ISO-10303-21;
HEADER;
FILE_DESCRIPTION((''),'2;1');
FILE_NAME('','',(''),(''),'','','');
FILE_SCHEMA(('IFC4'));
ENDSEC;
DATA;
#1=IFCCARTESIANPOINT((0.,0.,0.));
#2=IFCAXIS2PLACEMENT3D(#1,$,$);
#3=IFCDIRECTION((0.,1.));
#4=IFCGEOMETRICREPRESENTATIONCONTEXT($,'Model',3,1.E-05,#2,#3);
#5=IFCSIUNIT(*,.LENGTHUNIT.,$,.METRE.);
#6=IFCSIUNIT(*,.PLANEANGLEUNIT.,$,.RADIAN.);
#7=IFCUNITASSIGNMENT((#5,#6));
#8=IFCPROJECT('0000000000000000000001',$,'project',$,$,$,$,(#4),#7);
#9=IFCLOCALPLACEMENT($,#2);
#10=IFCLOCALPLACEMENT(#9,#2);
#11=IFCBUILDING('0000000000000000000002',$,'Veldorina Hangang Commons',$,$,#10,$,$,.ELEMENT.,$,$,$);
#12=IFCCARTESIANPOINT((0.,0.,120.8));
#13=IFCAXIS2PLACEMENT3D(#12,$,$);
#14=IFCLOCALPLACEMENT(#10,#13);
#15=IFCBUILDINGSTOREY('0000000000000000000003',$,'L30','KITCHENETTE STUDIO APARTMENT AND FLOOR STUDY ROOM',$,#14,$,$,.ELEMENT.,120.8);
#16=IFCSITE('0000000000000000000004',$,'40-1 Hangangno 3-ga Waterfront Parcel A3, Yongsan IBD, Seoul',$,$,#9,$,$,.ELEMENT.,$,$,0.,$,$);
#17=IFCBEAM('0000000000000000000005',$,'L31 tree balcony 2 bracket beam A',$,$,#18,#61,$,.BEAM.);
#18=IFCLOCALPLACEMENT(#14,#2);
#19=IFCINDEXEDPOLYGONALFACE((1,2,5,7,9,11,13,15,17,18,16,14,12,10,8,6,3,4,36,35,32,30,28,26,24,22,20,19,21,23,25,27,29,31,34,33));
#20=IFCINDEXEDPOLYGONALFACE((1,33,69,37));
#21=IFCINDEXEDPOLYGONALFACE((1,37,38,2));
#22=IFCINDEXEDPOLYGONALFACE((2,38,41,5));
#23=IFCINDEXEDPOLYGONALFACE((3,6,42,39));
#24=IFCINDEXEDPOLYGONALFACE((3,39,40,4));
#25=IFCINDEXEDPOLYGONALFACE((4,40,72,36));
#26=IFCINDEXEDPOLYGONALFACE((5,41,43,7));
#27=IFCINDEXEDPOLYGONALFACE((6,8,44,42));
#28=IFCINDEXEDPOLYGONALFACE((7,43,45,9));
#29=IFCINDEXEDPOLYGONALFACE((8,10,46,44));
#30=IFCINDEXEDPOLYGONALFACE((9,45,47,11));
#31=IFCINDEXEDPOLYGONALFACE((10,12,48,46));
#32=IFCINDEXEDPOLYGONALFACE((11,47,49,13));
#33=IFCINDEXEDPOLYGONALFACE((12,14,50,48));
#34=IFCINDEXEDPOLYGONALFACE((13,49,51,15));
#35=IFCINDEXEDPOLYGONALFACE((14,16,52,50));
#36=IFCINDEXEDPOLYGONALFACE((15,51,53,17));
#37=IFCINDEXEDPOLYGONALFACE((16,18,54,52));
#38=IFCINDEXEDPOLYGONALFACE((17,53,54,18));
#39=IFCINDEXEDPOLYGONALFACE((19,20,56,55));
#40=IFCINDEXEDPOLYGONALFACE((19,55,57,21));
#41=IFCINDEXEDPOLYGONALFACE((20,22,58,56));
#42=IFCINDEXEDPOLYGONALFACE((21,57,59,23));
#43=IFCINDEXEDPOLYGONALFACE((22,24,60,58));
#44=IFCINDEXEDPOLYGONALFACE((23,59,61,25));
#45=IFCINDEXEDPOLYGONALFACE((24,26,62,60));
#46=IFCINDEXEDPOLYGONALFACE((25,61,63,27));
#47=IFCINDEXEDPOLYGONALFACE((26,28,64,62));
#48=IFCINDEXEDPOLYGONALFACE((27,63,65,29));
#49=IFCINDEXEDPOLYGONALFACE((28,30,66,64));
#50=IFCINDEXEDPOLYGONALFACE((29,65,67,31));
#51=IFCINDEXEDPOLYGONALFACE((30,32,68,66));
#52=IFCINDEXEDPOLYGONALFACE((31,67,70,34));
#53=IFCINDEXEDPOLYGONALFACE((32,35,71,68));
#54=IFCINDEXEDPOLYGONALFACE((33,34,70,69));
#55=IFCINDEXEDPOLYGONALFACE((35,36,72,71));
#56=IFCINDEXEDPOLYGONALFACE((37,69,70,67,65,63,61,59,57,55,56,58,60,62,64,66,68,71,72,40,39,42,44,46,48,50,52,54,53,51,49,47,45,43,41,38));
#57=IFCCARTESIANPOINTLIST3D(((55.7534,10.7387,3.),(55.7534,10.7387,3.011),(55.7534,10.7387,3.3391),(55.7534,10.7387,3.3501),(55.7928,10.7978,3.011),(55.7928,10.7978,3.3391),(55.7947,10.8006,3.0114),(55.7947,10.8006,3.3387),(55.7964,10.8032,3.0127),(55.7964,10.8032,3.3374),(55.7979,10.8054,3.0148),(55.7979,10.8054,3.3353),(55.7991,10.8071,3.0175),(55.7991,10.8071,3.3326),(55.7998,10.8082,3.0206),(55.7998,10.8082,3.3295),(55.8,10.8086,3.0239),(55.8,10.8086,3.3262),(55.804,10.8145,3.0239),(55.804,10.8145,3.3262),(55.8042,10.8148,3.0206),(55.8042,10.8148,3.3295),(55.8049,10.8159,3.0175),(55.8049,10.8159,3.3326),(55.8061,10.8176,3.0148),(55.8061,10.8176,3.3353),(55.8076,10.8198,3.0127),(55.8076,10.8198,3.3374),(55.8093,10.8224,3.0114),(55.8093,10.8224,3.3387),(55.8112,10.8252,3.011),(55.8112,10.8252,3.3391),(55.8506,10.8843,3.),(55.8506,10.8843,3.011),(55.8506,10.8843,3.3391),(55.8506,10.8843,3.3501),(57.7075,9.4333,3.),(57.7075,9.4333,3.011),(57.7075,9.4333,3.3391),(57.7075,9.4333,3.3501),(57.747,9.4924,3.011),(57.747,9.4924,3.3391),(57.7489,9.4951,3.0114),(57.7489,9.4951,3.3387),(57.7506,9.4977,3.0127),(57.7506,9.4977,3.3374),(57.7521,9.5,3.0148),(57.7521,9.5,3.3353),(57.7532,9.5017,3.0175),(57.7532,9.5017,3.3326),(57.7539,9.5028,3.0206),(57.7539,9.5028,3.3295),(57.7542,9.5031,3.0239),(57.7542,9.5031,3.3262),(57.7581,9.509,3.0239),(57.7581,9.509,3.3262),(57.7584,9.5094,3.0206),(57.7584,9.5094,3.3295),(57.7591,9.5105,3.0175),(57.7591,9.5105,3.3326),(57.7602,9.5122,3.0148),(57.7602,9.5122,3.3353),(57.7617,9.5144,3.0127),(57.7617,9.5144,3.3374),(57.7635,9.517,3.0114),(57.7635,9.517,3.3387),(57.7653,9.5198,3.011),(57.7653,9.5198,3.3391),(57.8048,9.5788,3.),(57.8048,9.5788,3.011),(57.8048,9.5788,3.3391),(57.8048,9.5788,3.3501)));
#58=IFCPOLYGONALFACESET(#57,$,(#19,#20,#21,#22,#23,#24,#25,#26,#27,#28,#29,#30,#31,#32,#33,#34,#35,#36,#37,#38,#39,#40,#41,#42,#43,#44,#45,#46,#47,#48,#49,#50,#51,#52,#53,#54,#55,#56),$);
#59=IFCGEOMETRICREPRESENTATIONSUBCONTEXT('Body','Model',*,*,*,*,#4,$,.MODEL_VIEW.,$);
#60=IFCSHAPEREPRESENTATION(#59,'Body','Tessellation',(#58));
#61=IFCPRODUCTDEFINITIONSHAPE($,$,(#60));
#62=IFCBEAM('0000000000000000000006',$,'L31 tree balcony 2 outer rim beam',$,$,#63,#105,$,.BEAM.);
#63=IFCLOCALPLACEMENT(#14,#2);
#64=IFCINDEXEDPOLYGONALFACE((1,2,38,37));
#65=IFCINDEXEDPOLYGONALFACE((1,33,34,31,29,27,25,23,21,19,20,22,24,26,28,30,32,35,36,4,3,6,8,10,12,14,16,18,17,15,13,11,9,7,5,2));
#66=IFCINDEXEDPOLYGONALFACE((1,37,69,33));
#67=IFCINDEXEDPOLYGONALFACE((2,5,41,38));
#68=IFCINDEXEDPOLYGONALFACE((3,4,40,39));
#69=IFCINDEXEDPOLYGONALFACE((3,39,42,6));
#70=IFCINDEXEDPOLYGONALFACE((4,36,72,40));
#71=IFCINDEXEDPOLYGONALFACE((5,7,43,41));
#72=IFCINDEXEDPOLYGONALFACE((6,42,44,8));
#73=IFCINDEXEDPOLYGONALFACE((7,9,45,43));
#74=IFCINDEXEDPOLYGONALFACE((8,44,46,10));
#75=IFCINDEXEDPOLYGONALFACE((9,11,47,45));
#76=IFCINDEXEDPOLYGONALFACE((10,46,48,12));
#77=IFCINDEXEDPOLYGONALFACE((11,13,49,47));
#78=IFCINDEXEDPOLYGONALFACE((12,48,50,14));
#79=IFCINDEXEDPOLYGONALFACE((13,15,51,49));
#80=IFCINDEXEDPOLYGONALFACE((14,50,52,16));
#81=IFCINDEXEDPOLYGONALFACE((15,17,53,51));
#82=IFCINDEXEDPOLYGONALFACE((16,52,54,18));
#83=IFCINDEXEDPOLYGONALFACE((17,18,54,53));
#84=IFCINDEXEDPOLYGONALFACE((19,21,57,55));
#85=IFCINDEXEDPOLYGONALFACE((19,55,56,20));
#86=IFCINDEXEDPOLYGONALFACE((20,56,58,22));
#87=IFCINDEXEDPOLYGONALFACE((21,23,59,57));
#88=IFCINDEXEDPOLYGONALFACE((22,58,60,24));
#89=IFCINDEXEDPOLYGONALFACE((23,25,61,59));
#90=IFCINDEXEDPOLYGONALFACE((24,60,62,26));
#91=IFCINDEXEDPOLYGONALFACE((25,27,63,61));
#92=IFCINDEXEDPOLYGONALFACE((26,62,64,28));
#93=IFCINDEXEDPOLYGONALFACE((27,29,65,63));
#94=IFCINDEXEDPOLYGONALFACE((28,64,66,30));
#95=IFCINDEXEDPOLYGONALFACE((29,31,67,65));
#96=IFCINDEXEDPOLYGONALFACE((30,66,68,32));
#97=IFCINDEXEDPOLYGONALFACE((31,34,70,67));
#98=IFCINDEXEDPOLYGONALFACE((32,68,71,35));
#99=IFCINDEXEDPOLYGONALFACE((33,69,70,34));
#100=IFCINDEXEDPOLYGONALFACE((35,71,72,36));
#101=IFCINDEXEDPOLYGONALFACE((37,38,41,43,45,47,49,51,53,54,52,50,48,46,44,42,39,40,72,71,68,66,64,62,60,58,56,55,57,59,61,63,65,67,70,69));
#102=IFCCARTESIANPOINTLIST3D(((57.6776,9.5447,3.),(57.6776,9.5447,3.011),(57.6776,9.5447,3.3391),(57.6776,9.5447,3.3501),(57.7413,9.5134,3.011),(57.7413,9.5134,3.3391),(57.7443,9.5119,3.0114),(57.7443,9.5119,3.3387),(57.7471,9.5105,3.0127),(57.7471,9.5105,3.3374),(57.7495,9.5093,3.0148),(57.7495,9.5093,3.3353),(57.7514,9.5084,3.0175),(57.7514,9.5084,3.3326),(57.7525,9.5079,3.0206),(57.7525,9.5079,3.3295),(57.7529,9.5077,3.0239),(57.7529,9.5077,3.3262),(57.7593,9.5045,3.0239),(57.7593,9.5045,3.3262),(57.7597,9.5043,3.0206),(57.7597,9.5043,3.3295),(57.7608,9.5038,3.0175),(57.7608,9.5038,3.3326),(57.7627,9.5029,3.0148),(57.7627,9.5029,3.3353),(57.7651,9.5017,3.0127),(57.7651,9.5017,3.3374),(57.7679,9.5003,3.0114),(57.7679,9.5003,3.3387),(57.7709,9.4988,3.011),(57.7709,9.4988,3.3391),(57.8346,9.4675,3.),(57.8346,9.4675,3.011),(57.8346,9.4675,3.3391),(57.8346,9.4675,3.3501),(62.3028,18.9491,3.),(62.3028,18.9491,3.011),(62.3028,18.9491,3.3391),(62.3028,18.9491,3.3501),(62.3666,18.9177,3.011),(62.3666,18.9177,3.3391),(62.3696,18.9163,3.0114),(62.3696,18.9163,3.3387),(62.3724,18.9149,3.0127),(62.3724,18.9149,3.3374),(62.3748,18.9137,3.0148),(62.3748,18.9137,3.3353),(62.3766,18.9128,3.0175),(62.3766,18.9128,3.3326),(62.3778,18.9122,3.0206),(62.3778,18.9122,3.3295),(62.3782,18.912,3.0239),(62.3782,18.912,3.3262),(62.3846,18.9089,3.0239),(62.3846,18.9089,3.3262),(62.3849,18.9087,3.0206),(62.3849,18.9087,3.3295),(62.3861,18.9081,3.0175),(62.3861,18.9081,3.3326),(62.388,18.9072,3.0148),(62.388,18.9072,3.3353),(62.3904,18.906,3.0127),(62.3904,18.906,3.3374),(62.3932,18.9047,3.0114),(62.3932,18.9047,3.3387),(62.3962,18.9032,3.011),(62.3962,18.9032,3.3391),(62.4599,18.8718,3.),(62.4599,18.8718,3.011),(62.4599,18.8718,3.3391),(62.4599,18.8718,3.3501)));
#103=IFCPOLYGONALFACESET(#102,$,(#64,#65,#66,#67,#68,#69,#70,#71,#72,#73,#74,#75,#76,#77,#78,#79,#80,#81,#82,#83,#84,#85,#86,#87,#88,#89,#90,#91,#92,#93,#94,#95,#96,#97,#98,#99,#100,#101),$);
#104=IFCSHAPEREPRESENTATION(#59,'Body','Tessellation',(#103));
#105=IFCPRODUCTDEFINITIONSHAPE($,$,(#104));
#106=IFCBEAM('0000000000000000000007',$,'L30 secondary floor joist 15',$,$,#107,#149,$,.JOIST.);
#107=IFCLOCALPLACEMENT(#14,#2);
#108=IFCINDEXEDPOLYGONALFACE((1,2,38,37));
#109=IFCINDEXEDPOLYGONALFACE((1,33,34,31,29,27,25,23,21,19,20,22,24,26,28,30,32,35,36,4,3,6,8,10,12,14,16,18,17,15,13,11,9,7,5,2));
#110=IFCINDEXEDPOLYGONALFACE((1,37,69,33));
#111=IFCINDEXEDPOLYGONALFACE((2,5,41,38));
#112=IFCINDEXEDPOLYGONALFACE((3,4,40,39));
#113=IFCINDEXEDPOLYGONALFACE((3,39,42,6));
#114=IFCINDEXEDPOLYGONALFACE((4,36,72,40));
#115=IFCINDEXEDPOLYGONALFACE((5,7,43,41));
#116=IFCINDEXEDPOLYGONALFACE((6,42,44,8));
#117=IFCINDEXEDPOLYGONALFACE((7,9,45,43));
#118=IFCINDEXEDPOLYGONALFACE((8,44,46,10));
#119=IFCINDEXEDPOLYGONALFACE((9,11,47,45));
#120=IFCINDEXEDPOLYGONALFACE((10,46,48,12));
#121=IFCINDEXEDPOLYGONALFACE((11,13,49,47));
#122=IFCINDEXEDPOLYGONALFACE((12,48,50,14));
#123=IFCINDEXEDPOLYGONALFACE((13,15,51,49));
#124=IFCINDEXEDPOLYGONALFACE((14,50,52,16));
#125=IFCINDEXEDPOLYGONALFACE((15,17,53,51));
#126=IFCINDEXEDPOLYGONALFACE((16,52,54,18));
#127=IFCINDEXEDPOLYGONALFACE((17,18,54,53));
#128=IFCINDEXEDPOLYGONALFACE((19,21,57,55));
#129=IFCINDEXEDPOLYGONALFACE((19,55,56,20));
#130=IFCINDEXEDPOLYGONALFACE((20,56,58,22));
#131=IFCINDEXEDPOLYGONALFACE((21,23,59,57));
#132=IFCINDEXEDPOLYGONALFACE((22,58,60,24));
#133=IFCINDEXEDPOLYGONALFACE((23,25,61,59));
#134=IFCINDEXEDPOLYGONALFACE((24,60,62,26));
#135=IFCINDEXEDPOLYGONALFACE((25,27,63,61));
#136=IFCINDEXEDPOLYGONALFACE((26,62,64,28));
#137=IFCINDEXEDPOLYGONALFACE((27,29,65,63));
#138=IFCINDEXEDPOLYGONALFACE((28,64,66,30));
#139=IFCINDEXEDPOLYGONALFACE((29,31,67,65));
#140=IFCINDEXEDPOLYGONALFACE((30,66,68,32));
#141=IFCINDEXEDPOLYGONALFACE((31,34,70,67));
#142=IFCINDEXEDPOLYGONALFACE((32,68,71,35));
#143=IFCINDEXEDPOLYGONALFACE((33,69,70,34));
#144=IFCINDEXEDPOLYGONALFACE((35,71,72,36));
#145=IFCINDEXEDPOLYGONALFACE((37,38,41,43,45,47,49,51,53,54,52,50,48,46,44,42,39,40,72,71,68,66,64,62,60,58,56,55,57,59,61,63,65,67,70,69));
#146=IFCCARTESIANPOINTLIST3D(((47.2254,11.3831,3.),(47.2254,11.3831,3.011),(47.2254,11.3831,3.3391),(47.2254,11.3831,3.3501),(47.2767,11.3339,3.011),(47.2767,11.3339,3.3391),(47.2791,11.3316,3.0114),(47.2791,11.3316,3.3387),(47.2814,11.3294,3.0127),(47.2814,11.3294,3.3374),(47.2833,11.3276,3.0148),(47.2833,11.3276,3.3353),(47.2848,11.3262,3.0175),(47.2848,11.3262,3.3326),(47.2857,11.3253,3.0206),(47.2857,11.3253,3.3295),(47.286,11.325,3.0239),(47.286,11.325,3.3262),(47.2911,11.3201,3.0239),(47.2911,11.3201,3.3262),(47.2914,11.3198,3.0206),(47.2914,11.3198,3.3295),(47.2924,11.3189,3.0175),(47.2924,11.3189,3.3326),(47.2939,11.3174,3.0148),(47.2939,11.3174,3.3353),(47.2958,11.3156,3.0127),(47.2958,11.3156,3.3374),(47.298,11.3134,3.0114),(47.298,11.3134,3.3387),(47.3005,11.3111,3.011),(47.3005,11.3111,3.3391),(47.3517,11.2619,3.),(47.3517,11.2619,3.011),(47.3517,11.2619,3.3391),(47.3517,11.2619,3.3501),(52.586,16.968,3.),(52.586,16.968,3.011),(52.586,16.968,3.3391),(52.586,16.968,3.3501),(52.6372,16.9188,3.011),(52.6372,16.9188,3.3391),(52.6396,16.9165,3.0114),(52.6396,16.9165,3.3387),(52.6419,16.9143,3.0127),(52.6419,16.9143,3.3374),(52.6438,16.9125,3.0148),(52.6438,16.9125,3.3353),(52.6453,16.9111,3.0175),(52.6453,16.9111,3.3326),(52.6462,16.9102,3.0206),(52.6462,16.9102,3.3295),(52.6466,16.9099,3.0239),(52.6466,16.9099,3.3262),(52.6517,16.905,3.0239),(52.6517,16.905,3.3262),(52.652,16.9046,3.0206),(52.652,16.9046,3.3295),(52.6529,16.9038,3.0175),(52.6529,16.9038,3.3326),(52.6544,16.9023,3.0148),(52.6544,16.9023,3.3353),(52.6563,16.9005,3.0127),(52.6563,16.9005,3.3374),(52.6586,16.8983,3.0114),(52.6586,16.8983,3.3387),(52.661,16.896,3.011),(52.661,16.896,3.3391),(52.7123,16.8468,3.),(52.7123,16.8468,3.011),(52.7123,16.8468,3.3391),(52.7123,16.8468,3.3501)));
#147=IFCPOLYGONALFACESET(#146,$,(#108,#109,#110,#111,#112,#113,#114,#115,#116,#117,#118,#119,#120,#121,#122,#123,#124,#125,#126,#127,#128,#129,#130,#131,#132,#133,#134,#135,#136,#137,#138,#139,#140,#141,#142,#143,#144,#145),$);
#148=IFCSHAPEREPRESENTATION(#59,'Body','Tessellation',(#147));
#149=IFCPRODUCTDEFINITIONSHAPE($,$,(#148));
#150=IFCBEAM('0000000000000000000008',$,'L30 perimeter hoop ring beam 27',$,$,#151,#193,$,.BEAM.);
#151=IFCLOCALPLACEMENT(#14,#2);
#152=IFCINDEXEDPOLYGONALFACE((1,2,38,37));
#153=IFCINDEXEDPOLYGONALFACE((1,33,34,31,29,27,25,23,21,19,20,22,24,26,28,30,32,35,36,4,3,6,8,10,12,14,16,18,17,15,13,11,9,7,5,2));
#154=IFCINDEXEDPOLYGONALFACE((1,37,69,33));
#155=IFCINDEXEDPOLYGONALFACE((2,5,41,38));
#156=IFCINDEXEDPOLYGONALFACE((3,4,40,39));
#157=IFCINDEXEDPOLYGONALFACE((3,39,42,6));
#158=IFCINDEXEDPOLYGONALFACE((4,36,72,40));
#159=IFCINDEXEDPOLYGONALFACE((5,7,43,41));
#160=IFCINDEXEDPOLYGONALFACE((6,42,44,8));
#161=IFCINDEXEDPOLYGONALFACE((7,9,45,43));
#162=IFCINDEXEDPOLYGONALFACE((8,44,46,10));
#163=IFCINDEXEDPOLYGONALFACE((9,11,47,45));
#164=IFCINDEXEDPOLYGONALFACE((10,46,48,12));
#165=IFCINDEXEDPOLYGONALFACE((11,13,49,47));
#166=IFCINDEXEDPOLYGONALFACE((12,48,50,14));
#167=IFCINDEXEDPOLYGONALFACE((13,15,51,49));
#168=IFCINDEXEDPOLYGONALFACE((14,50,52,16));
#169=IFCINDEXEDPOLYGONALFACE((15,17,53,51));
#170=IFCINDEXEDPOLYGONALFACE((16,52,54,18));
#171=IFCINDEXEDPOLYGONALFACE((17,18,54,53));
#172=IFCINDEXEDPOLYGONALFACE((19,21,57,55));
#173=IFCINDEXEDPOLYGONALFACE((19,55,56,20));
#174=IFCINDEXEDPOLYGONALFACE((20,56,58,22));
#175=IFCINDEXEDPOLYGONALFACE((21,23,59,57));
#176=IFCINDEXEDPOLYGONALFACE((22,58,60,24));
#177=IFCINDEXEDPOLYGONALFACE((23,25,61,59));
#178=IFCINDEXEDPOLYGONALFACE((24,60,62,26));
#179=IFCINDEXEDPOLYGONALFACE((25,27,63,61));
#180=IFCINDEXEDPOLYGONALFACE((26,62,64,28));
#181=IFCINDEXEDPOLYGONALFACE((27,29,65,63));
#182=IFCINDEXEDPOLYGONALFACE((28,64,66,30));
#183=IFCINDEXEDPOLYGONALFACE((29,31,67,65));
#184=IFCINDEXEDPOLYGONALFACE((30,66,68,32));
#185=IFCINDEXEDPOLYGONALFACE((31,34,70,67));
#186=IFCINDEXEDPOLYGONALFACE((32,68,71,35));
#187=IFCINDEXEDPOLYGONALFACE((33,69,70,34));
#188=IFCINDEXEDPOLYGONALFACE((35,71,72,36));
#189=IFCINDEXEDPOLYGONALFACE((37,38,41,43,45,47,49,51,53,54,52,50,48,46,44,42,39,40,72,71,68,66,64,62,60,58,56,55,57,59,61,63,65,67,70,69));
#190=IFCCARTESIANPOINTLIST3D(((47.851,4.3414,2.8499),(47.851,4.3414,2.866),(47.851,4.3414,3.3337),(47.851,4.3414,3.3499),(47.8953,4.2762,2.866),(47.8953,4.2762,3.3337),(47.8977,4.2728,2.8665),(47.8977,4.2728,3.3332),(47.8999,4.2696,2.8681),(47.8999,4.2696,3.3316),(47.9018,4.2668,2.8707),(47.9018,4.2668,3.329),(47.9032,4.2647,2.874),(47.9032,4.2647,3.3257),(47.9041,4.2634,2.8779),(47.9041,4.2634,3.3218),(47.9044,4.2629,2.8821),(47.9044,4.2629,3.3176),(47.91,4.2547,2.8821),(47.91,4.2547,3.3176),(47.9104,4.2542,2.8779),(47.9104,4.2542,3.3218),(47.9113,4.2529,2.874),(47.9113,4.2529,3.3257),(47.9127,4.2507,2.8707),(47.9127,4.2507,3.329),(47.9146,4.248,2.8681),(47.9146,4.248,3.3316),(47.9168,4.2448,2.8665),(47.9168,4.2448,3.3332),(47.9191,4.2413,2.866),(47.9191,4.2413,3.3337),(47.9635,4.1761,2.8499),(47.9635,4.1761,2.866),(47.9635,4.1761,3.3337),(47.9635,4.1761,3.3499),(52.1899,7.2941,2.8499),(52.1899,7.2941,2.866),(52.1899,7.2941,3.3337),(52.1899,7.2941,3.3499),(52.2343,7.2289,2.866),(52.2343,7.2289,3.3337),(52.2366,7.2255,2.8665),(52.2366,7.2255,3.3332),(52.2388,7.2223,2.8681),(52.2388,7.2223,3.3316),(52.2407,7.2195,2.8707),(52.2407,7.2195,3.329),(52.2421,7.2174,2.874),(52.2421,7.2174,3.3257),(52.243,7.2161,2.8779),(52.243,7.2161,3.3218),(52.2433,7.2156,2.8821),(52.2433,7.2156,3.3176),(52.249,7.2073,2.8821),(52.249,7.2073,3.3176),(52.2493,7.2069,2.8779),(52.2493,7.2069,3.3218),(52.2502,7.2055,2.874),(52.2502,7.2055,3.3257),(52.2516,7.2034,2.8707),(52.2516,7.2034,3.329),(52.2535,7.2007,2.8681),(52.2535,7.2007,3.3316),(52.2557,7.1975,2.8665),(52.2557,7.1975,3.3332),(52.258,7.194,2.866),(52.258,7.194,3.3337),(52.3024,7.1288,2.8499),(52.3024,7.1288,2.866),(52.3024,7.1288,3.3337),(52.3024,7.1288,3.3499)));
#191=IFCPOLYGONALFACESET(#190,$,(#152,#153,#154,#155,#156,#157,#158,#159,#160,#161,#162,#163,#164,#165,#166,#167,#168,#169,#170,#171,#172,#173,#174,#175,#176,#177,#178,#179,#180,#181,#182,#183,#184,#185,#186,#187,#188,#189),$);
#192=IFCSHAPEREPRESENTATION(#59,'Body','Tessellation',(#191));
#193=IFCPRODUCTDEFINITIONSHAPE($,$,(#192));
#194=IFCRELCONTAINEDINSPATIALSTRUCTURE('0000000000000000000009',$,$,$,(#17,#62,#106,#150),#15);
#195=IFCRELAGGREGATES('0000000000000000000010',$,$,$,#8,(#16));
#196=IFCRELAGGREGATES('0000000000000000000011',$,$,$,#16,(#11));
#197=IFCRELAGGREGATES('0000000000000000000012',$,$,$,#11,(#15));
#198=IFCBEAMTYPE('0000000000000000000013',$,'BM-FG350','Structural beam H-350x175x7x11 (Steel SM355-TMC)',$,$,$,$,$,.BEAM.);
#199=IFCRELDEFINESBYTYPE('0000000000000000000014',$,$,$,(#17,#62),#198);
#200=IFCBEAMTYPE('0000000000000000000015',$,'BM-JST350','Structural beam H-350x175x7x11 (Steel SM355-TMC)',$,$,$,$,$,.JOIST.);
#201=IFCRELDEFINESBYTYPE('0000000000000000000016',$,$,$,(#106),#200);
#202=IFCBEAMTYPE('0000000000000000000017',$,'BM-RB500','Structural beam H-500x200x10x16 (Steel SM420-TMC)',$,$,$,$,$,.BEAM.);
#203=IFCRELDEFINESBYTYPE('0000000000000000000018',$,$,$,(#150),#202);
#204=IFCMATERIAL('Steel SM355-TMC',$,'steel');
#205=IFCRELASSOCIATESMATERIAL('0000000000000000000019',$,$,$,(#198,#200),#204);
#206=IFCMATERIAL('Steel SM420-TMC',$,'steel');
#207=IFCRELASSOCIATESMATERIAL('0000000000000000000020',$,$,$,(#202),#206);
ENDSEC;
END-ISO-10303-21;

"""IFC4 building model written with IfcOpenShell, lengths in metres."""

from ifc_helpers import new_model, si_unit, direction, frame, origin, origin_2d, place, context, subcontext, project, spatial, i_section, extrude, material, material_profile, profile_set, type_object, element, save


model = new_model("IFC4")

# Units and contexts
model_context = context("Model", 3, precision=1e-05, world=origin(), true_north=direction((0.0, 1.0)))
body_context = subcontext(model_context, "Body", "Model", "MODEL_VIEW")
ifc_project = project(units=[si_unit("LENGTHUNIT", "METRE"), si_unit("PLANEANGLEUNIT", "RADIAN")], contexts=[model_context])

# Site, building, storey
site_placement = place(None, origin())
site = spatial("IfcSite", under=ifc_project, at=site_placement, Name="40-1 Hangangno 3-ga Waterfront Parcel A3, Yongsan IBD, Seoul", CompositionType="ELEMENT", RefElevation=0.0)
building_placement = place(site_placement, origin())
building = spatial("IfcBuilding", under=site, at=building_placement, Name="Veldorina Hangang Commons", CompositionType="ELEMENT")
storey_placement = place(building_placement, frame((0.0, 0.0, 120.8)))
storey = spatial("IfcBuildingStorey", under=building, at=storey_placement, Name="L30", Description="KITCHENETTE STUDIO APARTMENT AND FLOOR STUDY ROOM", CompositionType="ELEMENT", Elevation=120.8)

# Beams
ifc_material_1 = material(Name="Steel SM355-TMC", Category="steel")
ifc_material_profile_1 = material_profile(ifc_material_1, i_section(OverallWidth=0.175, OverallDepth=0.3501, WebThickness=0.0071, FlangeThickness=0.011, FilletRadius=0.0129, at=origin_2d()), Name="H-350x175x7x11")
ifc_profile_set_1 = profile_set([ifc_material_profile_1], Name="Steel SM355-TMC")
beam_type_1 = type_object("IfcBeamType", Name="BM-FG350", Description="Structural beam H-350x175x7x11 (Steel SM355-TMC)", PredefinedType="BEAM", material=ifc_profile_set_1)
beam_1_placement = place(storey_placement, frame((55.802, 10.8115, 3.175), z_axis=(0.831522, -0.555491, 0.0), x_axis=(0.555491, 0.831522, 0.0)))
element("IfcBeam", 1, at=beam_1_placement, inside=storey, type_object=beam_type_1, Name="L31 tree balcony 2 bracket beam A", PredefinedType="BEAM", context=body_context, shape_type="SweptSolid", body=[
    extrude(i_section(OverallWidth=0.175, OverallDepth=0.3501, WebThickness=0.0071, FlangeThickness=0.011, FilletRadius=0.0129, at=origin_2d()), origin(), (0.0, 0.0, 1.0), 2.3501),
])
beam_2_placement = place(storey_placement, frame((57.7561, 9.5061, 3.175), z_axis=(0.441333, 0.897343, 0.0), x_axis=(-0.897343, 0.441333, 0.0)))
element("IfcBeam", 2, at=beam_2_placement, inside=storey, type_object=beam_type_1, Name="L31 tree balcony 2 outer rim beam", PredefinedType="BEAM", context=body_context, shape_type="SweptSolid", body=[
    extrude(i_section(OverallWidth=0.175, OverallDepth=0.3501, WebThickness=0.0071, FlangeThickness=0.011, FilletRadius=0.0129, at=origin_2d()), origin(), (0.0, 0.0, 1.0), 10.4802),
])
ifc_material_profile_2 = material_profile(ifc_material_1, i_section(OverallWidth=0.175, OverallDepth=0.3501, WebThickness=0.0071, FlangeThickness=0.011, FilletRadius=0.0129, at=origin_2d()), Name="H-350x175x7x11")
ifc_profile_set_2 = profile_set([ifc_material_profile_2], Name="Steel SM355-TMC")
beam_type_2 = type_object("IfcBeamType", Name="BM-JST350", Description="Structural beam H-350x175x7x11 (Steel SM355-TMC)", PredefinedType="JOIST", material=ifc_profile_set_2)
beam_3_placement = place(storey_placement, frame((47.2886, 11.3225, 3.175), z_axis=(0.692467, 0.72145, 0.0), x_axis=(-0.72145, 0.692467, 0.0)))
element("IfcBeam", 3, at=beam_3_placement, inside=storey, type_object=beam_type_2, Name="L30 secondary floor joist 15", PredefinedType="JOIST", context=body_context, shape_type="SweptSolid", body=[
    extrude(i_section(OverallWidth=0.175, OverallDepth=0.3501, WebThickness=0.0071, FlangeThickness=0.011, FilletRadius=0.0129, at=origin_2d()), origin(), (0.0, 0.0, 1.0), 7.7412),
])
ifc_material_2 = material(Name="Steel SM420-TMC", Category="steel")
ifc_material_profile_3 = material_profile(ifc_material_2, i_section(OverallWidth=0.2, OverallDepth=0.5, WebThickness=0.01, FlangeThickness=0.0161, FilletRadius=0.0161, at=origin_2d()), Name="H-500x200x10x16")
ifc_profile_set_3 = profile_set([ifc_material_profile_3], Name="Steel SM420-TMC")
beam_type_3 = type_object("IfcBeamType", Name="BM-RB500", Description="Structural beam H-500x200x10x16 (Steel SM420-TMC)", PredefinedType="BEAM", material=ifc_profile_set_3)
beam_4_placement = place(storey_placement, frame((47.9072, 4.2588, 3.0999), z_axis=(0.826731, 0.562598, 0.0), x_axis=(-0.562598, 0.826731, 0.0)))
element("IfcBeam", 4, at=beam_4_placement, inside=storey, type_object=beam_type_3, Name="L30 perimeter hoop ring beam 27", PredefinedType="BEAM", context=body_context, shape_type="SweptSolid", body=[
    extrude(i_section(OverallWidth=0.2, OverallDepth=0.5, WebThickness=0.01, FlangeThickness=0.0161, FilletRadius=0.0161, at=origin_2d()), origin(), (0.0, 0.0, 1.0), 5.2483),
])

save(model, "model.ifc")
